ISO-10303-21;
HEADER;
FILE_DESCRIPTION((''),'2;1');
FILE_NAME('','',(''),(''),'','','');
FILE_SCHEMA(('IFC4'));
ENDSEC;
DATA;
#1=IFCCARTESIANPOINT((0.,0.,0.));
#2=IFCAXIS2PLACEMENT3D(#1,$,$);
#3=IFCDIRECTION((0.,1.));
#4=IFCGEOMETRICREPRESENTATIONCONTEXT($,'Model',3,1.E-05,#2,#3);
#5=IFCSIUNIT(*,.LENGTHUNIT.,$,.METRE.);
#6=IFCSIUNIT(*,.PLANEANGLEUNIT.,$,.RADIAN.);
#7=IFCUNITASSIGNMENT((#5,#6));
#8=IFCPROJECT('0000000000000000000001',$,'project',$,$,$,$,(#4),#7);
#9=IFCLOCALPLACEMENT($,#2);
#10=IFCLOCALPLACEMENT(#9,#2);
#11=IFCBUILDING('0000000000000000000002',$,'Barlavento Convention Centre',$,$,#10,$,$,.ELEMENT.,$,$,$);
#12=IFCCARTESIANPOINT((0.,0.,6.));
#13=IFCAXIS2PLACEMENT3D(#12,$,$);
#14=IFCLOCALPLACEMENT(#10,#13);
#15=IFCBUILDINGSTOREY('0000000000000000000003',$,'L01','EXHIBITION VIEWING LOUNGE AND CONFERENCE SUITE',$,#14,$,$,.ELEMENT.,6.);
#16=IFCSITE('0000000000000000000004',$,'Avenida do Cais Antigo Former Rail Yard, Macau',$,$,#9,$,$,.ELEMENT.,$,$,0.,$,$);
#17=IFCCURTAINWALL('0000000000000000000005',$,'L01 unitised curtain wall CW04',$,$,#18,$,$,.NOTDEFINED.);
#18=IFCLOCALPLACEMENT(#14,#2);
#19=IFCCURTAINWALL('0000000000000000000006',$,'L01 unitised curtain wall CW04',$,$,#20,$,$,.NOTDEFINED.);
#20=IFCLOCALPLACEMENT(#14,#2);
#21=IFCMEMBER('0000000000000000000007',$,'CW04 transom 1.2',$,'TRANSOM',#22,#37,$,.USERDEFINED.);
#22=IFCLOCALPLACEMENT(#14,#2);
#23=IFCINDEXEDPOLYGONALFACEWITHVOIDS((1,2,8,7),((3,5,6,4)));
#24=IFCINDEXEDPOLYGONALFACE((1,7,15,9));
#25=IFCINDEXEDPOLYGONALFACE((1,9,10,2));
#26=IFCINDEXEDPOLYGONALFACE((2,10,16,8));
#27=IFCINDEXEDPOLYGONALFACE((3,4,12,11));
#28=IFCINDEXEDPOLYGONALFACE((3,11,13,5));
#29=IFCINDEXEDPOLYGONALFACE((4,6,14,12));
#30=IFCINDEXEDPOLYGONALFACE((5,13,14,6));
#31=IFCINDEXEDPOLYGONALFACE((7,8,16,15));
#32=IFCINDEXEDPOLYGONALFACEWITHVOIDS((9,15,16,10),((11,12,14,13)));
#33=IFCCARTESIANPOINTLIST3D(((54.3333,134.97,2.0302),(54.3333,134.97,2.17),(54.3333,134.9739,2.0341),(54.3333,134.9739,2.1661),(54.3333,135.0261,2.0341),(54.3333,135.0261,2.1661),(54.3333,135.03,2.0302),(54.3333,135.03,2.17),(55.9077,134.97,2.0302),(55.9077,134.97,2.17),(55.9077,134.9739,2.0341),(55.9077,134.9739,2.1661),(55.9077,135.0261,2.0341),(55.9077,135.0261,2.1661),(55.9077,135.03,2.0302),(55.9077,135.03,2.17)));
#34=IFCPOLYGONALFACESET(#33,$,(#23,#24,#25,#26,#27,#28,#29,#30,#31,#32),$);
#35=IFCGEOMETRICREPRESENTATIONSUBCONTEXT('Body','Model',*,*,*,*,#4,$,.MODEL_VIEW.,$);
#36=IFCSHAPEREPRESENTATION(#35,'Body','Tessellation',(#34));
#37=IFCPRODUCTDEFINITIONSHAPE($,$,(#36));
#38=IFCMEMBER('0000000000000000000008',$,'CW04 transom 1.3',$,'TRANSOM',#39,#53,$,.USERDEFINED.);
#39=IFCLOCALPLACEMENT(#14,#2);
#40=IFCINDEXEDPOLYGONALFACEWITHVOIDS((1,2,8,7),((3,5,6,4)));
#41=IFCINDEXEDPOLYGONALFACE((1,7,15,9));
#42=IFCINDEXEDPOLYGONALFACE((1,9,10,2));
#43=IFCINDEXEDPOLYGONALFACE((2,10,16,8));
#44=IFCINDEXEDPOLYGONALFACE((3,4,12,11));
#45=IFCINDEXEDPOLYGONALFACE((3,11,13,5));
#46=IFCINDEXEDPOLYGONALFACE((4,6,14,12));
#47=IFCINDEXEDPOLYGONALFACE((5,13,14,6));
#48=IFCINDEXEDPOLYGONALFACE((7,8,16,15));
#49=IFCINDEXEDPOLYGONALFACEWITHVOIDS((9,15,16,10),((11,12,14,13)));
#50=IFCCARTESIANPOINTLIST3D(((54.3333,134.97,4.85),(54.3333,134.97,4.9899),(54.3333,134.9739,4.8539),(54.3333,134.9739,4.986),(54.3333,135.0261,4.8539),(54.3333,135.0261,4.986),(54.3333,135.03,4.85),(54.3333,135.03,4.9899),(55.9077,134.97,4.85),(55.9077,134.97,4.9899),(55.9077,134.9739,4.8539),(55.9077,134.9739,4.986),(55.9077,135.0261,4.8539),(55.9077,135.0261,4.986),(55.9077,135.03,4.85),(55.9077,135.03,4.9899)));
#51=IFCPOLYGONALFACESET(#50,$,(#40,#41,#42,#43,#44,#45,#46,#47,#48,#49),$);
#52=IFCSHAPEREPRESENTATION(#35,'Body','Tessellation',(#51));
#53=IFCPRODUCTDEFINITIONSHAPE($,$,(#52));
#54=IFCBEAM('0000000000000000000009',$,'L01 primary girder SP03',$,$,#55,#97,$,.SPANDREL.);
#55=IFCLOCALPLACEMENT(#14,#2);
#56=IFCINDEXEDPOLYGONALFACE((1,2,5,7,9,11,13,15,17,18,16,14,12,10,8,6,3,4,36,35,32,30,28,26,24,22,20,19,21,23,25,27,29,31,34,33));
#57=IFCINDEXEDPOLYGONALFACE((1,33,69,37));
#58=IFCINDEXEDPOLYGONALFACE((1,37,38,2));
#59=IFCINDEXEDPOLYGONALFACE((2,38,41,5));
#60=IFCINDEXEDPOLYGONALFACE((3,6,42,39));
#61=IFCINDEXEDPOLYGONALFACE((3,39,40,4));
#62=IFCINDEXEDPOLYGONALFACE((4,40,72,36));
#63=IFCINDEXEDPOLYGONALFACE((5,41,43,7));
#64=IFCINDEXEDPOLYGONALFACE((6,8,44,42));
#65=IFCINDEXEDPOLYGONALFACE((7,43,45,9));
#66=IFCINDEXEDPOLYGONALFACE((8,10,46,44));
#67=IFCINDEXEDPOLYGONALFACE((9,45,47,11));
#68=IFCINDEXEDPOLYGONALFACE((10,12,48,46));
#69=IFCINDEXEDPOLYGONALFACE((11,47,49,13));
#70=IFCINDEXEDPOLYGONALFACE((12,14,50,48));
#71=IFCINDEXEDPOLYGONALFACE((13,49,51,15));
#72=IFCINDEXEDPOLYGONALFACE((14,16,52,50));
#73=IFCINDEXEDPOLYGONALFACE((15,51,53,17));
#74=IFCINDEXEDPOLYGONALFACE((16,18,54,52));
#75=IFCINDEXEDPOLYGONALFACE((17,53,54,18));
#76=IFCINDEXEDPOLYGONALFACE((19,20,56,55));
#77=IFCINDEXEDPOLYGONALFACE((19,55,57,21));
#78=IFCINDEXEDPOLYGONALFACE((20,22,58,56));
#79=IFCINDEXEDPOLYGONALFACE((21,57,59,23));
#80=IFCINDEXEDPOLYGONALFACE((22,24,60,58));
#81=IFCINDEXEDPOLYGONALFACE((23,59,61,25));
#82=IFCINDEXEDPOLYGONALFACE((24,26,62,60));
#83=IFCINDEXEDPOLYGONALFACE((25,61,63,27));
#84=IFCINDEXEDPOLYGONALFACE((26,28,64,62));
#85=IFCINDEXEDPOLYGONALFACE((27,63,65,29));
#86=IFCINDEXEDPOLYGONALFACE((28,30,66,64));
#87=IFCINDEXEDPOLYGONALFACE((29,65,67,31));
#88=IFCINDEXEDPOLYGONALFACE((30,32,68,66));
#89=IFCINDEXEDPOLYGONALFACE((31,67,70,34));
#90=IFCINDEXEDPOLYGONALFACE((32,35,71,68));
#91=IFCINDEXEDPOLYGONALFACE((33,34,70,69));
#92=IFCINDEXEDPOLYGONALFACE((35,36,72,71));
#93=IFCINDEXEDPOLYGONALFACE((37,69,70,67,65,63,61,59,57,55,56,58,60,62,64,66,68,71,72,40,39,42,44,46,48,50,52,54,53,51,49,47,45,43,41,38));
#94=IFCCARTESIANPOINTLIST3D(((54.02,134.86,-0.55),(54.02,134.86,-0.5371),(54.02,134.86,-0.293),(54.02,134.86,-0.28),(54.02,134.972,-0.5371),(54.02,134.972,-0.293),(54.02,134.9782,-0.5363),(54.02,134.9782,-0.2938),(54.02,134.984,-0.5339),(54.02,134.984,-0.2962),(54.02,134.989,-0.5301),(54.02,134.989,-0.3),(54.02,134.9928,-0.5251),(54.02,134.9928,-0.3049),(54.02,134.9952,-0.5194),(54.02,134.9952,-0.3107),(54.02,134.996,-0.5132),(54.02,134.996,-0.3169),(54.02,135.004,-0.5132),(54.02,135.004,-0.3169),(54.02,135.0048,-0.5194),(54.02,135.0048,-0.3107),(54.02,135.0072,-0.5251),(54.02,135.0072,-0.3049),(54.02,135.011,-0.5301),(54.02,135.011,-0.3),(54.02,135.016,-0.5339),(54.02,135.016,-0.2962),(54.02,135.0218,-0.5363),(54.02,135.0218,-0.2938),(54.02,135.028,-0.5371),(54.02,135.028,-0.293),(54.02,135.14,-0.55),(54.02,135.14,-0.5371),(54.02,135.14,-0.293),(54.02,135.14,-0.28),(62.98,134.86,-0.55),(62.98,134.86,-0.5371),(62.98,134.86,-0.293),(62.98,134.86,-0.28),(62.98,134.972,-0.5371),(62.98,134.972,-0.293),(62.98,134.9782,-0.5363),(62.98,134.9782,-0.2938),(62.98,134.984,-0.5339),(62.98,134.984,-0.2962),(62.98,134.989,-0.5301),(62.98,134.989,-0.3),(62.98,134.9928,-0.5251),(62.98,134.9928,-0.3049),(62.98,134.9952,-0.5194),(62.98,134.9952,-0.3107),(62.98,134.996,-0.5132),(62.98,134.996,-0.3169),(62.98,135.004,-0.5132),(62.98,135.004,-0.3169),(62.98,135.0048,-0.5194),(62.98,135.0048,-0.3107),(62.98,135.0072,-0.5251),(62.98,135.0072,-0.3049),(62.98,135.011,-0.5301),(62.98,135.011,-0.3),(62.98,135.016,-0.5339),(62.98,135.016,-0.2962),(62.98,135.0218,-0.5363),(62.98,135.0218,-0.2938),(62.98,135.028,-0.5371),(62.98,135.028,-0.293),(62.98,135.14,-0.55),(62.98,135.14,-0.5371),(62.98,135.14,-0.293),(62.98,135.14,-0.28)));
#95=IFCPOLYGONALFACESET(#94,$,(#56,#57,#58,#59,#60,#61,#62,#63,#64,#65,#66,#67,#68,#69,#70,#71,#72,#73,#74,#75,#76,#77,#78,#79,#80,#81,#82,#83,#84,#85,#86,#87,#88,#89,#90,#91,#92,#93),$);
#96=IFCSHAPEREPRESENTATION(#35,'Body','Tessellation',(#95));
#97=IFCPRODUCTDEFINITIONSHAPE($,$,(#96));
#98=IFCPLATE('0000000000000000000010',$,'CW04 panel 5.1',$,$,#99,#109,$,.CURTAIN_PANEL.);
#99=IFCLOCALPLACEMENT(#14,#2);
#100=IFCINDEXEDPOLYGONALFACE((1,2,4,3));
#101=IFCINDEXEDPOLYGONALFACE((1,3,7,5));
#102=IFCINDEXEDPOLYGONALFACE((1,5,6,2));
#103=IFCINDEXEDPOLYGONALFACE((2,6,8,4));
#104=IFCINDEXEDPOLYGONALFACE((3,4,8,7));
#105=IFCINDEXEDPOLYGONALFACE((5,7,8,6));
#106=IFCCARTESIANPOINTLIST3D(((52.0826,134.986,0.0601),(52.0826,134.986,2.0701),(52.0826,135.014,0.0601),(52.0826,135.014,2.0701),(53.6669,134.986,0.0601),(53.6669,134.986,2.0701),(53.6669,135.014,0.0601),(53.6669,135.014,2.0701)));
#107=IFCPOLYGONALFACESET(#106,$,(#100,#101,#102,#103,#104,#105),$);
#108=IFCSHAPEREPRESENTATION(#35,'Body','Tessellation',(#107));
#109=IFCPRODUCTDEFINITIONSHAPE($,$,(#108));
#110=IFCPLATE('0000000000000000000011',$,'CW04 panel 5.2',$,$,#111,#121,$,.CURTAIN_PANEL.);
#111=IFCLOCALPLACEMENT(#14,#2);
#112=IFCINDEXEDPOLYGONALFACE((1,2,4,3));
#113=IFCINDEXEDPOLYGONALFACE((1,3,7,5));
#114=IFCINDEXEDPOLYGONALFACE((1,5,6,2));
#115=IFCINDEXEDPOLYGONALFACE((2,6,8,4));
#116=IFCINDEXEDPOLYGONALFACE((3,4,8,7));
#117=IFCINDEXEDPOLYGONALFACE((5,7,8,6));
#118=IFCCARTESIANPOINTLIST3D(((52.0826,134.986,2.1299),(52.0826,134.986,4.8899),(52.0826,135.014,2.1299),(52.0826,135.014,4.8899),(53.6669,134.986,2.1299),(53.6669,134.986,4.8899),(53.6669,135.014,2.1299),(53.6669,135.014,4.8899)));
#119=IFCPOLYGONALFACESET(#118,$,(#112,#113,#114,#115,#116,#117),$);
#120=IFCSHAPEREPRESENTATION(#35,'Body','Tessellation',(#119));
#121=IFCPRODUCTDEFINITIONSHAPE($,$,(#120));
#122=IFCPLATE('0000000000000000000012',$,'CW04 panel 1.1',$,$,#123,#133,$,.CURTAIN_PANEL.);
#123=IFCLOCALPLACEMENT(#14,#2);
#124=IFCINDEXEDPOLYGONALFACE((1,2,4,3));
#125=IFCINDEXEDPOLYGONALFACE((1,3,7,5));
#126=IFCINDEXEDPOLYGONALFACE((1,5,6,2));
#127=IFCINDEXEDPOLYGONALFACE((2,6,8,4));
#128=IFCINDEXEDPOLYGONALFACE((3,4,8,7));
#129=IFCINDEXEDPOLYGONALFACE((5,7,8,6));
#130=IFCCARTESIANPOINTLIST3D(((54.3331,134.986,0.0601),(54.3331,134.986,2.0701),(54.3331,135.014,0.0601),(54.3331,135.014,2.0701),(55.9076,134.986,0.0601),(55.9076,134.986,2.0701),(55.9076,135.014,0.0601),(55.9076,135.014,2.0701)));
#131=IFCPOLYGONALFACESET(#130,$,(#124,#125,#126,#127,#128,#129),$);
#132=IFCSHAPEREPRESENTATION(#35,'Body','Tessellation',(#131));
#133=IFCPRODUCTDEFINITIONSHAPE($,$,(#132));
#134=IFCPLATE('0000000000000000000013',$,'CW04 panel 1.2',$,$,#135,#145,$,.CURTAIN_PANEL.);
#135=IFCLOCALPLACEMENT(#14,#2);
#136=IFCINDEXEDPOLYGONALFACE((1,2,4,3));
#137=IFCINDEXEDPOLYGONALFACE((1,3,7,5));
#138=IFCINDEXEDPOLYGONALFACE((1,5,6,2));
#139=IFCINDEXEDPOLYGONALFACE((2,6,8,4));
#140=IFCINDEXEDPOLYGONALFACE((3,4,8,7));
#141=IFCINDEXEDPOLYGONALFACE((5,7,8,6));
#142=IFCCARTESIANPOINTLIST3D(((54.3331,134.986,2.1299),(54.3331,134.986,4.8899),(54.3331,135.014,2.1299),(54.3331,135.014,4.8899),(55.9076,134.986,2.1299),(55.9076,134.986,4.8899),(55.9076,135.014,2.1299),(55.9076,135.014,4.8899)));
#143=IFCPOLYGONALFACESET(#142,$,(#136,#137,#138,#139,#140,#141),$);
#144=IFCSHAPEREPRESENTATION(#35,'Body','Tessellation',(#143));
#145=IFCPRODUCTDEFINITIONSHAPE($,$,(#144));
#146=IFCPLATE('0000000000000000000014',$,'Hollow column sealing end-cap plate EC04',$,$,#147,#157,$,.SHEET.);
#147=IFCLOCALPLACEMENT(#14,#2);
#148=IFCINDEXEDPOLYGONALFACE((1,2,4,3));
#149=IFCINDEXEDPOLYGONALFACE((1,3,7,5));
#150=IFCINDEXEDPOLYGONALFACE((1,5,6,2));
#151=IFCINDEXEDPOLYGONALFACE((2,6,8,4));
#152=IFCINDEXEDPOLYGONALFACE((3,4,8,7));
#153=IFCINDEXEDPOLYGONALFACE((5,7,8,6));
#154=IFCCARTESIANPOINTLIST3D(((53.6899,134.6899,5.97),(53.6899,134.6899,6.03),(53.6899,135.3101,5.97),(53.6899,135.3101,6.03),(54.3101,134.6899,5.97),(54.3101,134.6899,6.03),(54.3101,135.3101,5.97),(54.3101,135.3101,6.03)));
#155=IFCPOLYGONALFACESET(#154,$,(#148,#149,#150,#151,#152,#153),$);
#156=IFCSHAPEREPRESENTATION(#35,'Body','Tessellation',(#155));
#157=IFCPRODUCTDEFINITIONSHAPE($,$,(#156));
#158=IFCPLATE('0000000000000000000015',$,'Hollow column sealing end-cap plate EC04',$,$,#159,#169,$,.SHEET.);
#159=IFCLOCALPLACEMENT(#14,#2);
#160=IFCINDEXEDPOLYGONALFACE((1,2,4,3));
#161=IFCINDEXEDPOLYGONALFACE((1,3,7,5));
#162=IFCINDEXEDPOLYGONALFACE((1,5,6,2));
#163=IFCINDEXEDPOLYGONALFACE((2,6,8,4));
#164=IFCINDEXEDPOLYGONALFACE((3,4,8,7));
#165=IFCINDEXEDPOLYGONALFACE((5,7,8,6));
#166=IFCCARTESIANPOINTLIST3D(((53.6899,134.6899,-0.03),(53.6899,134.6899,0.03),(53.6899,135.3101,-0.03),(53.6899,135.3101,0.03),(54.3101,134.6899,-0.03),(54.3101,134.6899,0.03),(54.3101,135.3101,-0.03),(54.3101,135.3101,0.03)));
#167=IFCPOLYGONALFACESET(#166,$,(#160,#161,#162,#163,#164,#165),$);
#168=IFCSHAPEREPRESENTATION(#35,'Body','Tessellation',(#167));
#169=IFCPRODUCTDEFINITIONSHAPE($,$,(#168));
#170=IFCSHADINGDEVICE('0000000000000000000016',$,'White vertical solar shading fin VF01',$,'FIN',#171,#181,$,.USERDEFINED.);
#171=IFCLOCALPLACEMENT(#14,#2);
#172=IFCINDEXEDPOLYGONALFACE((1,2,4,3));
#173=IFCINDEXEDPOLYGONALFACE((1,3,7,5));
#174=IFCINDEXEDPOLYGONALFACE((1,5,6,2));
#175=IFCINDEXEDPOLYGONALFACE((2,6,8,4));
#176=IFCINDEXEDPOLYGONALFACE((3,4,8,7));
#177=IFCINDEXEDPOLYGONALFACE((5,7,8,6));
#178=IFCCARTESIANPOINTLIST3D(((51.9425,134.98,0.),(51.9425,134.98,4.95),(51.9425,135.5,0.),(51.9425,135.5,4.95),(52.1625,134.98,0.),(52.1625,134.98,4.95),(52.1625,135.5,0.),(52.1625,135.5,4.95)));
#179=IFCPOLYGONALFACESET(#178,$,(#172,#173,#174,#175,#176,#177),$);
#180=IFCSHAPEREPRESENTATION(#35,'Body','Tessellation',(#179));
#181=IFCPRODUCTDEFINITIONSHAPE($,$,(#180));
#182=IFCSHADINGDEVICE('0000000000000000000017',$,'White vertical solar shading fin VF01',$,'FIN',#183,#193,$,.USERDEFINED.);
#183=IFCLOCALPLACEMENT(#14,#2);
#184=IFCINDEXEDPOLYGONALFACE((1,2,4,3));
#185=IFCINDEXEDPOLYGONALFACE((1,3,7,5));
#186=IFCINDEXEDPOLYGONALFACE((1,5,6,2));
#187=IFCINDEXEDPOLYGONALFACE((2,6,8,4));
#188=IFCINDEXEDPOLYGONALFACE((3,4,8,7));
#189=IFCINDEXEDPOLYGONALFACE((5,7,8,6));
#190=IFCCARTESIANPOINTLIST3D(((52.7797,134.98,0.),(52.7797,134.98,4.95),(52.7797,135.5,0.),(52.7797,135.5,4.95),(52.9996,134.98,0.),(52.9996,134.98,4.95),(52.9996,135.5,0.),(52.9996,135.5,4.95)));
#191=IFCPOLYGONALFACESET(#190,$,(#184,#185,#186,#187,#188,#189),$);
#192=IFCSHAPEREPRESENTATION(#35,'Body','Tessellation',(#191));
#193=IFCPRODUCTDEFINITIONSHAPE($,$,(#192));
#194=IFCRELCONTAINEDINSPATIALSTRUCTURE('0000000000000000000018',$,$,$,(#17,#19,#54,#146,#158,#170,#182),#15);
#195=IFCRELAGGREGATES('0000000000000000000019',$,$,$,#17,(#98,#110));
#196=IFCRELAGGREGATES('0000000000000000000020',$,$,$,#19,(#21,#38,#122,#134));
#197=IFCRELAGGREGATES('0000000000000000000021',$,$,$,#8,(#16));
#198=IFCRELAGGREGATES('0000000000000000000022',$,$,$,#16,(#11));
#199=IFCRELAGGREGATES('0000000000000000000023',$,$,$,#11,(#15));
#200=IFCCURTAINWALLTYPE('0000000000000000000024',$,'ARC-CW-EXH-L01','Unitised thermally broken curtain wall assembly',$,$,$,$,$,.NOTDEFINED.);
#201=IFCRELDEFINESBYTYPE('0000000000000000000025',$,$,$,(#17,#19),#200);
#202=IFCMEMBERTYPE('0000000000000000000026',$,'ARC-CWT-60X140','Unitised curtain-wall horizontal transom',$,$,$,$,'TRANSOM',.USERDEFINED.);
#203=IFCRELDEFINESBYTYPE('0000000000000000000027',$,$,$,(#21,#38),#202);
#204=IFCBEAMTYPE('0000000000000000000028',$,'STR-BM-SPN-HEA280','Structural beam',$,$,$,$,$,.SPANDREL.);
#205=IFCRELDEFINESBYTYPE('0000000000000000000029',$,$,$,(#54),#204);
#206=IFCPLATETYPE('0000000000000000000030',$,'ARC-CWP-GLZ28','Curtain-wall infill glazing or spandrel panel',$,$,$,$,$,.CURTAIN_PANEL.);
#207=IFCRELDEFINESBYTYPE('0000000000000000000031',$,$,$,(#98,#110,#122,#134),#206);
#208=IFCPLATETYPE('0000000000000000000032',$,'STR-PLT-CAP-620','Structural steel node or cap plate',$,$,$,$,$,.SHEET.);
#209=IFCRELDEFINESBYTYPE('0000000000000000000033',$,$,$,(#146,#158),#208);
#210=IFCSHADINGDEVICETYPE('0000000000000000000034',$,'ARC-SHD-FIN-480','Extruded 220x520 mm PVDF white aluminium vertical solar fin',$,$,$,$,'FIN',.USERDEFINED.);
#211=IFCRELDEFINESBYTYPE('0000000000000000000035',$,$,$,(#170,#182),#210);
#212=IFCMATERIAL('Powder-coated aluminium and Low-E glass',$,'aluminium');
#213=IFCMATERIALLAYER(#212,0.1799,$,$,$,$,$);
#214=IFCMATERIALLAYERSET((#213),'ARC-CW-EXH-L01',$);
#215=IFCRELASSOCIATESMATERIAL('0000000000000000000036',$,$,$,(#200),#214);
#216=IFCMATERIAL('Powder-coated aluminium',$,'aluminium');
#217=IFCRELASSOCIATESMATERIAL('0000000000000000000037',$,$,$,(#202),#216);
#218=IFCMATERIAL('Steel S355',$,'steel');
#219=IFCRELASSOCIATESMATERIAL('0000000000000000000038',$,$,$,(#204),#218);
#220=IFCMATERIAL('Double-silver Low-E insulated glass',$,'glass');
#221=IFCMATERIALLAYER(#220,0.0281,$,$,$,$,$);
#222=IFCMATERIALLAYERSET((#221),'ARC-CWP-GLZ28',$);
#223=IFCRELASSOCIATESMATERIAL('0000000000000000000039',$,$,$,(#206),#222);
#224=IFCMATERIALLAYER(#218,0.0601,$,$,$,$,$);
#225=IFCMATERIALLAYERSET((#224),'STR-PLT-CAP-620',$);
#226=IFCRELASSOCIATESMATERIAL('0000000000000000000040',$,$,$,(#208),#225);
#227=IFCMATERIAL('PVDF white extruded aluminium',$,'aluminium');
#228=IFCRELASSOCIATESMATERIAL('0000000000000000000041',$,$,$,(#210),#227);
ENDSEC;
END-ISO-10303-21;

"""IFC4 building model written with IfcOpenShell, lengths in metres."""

from ifc_helpers import new_model, si_unit, direction, frame, origin, origin_2d, place, context, subcontext, project, spatial, rectangle, hollow_rectangle, i_section, extrude, material, layer, layer_set, material_profile, profile_set, type_object, element, aggregate, save


model = new_model("IFC4")

# Units and contexts
model_context = context("Model", 3, precision=1e-05, world=origin(), true_north=direction((0.0, 1.0)))
body_context = subcontext(model_context, "Body", "Model", "MODEL_VIEW")
ifc_project = project(units=[si_unit("LENGTHUNIT", "METRE"), si_unit("PLANEANGLEUNIT", "RADIAN")], contexts=[model_context])

# Site, building, storey
site_placement = place(None, origin())
site = spatial("IfcSite", under=ifc_project, at=site_placement, Name="Avenida do Cais Antigo Former Rail Yard, Macau", CompositionType="ELEMENT", RefElevation=0.0)
building_placement = place(site_placement, origin())
building = spatial("IfcBuilding", under=site, at=building_placement, Name="Barlavento Convention Centre", CompositionType="ELEMENT")
storey_placement = place(building_placement, frame((0.0, 0.0, 6.0)))
storey = spatial("IfcBuildingStorey", under=building, at=storey_placement, Name="L01", Description="EXHIBITION VIEWING LOUNGE AND CONFERENCE SUITE", CompositionType="ELEMENT", Elevation=6.0)

# Shared definitions
ifc_material_1 = material(Name="Steel S355", Category="steel")

# Curtain wall
ifc_material_2 = material(Name="Powder-coated aluminium and Low-E glass", Category="aluminium")
ifc_layer_1 = layer(ifc_material_2, 0.1799)
ifc_layer_set_1 = layer_set([ifc_layer_1], Name="ARC-CW-EXH-L01")
curtain_wall_type = type_object("IfcCurtainWallType", Name="ARC-CW-EXH-L01", Description="Unitised thermally broken curtain wall assembly", PredefinedType="NOTDEFINED", material=ifc_layer_set_1)
curtain_wall_1_placement = place(storey_placement, origin())
curtain_wall_1 = element("IfcCurtainWall", 1, at=curtain_wall_1_placement, inside=storey, type_object=curtain_wall_type, Name="L01 unitised curtain wall CW04", PredefinedType="NOTDEFINED")
ifc_material_3 = material(Name="Powder-coated aluminium", Category="aluminium")

# Curtain wall
curtain_wall_2_placement = place(storey_placement, origin())
curtain_wall_2 = element("IfcCurtainWall", 2, at=curtain_wall_2_placement, inside=storey, type_object=curtain_wall_type, Name="L01 unitised curtain wall CW04", PredefinedType="NOTDEFINED")

# Members
ifc_material_profile_1 = material_profile(ifc_material_3, hollow_rectangle(XDim=0.0601, YDim=0.1399, WallThickness=0.0039, at=origin_2d()), Name="AL-TRAN 60x140x4")
ifc_profile_set_1 = profile_set([ifc_material_profile_1], Name="Powder-coated aluminium")
member_type_1 = type_object("IfcMemberType", Name="ARC-CWT-60X140", Description="Unitised curtain-wall horizontal transom", ElementType="TRANSOM", PredefinedType="USERDEFINED", material=ifc_profile_set_1)
member_1_placement = place(storey_placement, frame((54.3333, 135.0, 2.1001), z_axis=(1.0, 0.0, 0.0), x_axis=(0.0, 1.0, 0.0)))
member_1 = element("IfcMember", 3, at=member_1_placement, type_object=member_type_1, Name="CW04 transom 1.2", ObjectType="TRANSOM", PredefinedType="USERDEFINED", context=body_context, shape_type="SweptSolid", body=[
    extrude(hollow_rectangle(XDim=0.0601, YDim=0.1399, WallThickness=0.0039, at=origin_2d()), origin(), (0.0, 0.0, 1.0), 1.5745),
])
member_2_placement = place(storey_placement, frame((54.3333, 135.0, 4.9199), z_axis=(1.0, 0.0, 0.0), x_axis=(0.0, 1.0, 0.0)))
member_2 = element("IfcMember", 4, at=member_2_placement, type_object=member_type_1, Name="CW04 transom 1.3", ObjectType="TRANSOM", PredefinedType="USERDEFINED", context=body_context, shape_type="SweptSolid", body=[
    extrude(hollow_rectangle(XDim=0.0601, YDim=0.1399, WallThickness=0.0039, at=origin_2d()), origin(), (0.0, 0.0, 1.0), 1.5745),
])

# Beam
ifc_material_profile_2 = material_profile(ifc_material_1, i_section(OverallWidth=0.28, OverallDepth=0.27, WebThickness=0.0081, FlangeThickness=0.0129, FilletRadius=0.0239, at=origin_2d()), Name="HEA 280")
ifc_profile_set_2 = profile_set([ifc_material_profile_2], Name="Steel S355")
beam_type = type_object("IfcBeamType", Name="STR-BM-SPN-HEA280", Description="Structural beam", PredefinedType="SPANDREL", material=ifc_profile_set_2)
beam_placement = place(storey_placement, frame((54.02, 135.0, -0.415), z_axis=(1.0, 0.0, 0.0), x_axis=(0.0, 1.0, 0.0)))
element("IfcBeam", 5, at=beam_placement, inside=storey, type_object=beam_type, Name="L01 primary girder SP03", PredefinedType="SPANDREL", context=body_context, shape_type="SweptSolid", body=[
    extrude(i_section(OverallWidth=0.28, OverallDepth=0.27, WebThickness=0.0081, FlangeThickness=0.0129, FilletRadius=0.0239, at=origin_2d()), origin(), (0.0, 0.0, 1.0), 8.96),
])

# Plates
ifc_material_4 = material(Name="Double-silver Low-E insulated glass", Category="glass")
ifc_layer_2 = layer(ifc_material_4, 0.0281)
ifc_layer_set_2 = layer_set([ifc_layer_2], Name="ARC-CWP-GLZ28")
plate_type_1 = type_object("IfcPlateType", Name="ARC-CWP-GLZ28", Description="Curtain-wall infill glazing or spandrel panel", PredefinedType="CURTAIN_PANEL", material=ifc_layer_set_2)
plate_1_placement = place(storey_placement, frame((52.8748, 135.0, 0.0601), z_axis=(0.0, 0.0, 1.0), x_axis=(1.0, 0.0, 0.0)))
plate_1 = element("IfcPlate", 6, at=plate_1_placement, type_object=plate_type_1, Name="CW04 panel 5.1", PredefinedType="CURTAIN_PANEL", context=body_context, shape_type="SweptSolid", body=[
    extrude(rectangle(XDim=1.5842, YDim=0.0281, at=origin_2d()), origin(), (0.0, 0.0, 1.0), 2.01),
])
plate_2_placement = place(storey_placement, frame((52.8748, 135.0, 2.1299), z_axis=(0.0, 0.0, 1.0), x_axis=(1.0, 0.0, 0.0)))
plate_2 = element("IfcPlate", 7, at=plate_2_placement, type_object=plate_type_1, Name="CW04 panel 5.2", PredefinedType="CURTAIN_PANEL", context=body_context, shape_type="SweptSolid", body=[
    extrude(rectangle(XDim=1.5842, YDim=0.0281, at=origin_2d()), origin(), (0.0, 0.0, 1.0), 2.76),
])
aggregate(curtain_wall_1, [plate_1, plate_2])
plate_3_placement = place(storey_placement, frame((55.1204, 135.0, 0.0601), z_axis=(0.0, 0.0, 1.0), x_axis=(1.0, 0.0, 0.0)))
plate_3 = element("IfcPlate", 8, at=plate_3_placement, type_object=plate_type_1, Name="CW04 panel 1.1", PredefinedType="CURTAIN_PANEL", context=body_context, shape_type="SweptSolid", body=[
    extrude(rectangle(XDim=1.5745, YDim=0.0281, at=origin_2d()), origin(), (0.0, 0.0, 1.0), 2.01),
])
plate_4_placement = place(storey_placement, frame((55.1204, 135.0, 2.1299), z_axis=(0.0, 0.0, 1.0), x_axis=(1.0, 0.0, 0.0)))
plate_4 = element("IfcPlate", 9, at=plate_4_placement, type_object=plate_type_1, Name="CW04 panel 1.2", PredefinedType="CURTAIN_PANEL", context=body_context, shape_type="SweptSolid", body=[
    extrude(rectangle(XDim=1.5745, YDim=0.0281, at=origin_2d()), origin(), (0.0, 0.0, 1.0), 2.76),
])
aggregate(curtain_wall_2, [member_1, member_2, plate_3, plate_4])

# Plates
ifc_layer_3 = layer(ifc_material_1, 0.0601)
ifc_layer_set_3 = layer_set([ifc_layer_3], Name="STR-PLT-CAP-620")
plate_type_2 = type_object("IfcPlateType", Name="STR-PLT-CAP-620", Description="Structural steel node or cap plate", PredefinedType="SHEET", material=ifc_layer_set_3)
for number, where, z_axis, x_axis, name in (
    (10, (54.0, 135.0, 5.97), (0.0, 0.0, 1.0), (1.0, 0.0, 0.0), "Hollow column sealing end-cap plate EC04"),
    (11, (54.0, 135.0, -0.03), (0.0, 0.0, 1.0), (1.0, 0.0, 0.0), "Hollow column sealing end-cap plate EC04"),
):
    element("IfcPlate", number, at=place(storey_placement, frame(where, z_axis=z_axis, x_axis=x_axis)), inside=storey, type_object=plate_type_2, Name=name, PredefinedType="SHEET", context=body_context, shape_type="SweptSolid", body=[
        extrude(rectangle(XDim=0.6201, YDim=0.6201, at=origin_2d()), origin(), (0.0, 0.0, 1.0), 0.0601),
    ])

# Shading devices
ifc_material_5 = material(Name="PVDF white extruded aluminium", Category="aluminium")
shading_device_type = type_object("IfcShadingDeviceType", Name="ARC-SHD-FIN-480", Description="Extruded 220x520 mm PVDF white aluminium vertical solar fin", ElementType="FIN", PredefinedType="USERDEFINED", material=ifc_material_5)
for number, where, z_axis, x_axis, name in (
    (12, (52.0525, 135.24, 0.0), (0.0, 0.0, 1.0), (1.0, 0.0, 0.0), "White vertical solar shading fin VF01"),
    (13, (52.8896, 135.24, 0.0), (0.0, 0.0, 1.0), (1.0, 0.0, 0.0), "White vertical solar shading fin VF01"),
):
    element("IfcShadingDevice", number, at=place(storey_placement, frame(where, z_axis=z_axis, x_axis=x_axis)), inside=storey, type_object=shading_device_type, Name=name, ObjectType="FIN", PredefinedType="USERDEFINED", context=body_context, shape_type="SweptSolid", body=[
        extrude(rectangle(XDim=0.22, YDim=0.52, at=origin_2d()), origin(), (0.0, 0.0, 1.0), 4.95),
    ])

save(model, "model.ifc")
